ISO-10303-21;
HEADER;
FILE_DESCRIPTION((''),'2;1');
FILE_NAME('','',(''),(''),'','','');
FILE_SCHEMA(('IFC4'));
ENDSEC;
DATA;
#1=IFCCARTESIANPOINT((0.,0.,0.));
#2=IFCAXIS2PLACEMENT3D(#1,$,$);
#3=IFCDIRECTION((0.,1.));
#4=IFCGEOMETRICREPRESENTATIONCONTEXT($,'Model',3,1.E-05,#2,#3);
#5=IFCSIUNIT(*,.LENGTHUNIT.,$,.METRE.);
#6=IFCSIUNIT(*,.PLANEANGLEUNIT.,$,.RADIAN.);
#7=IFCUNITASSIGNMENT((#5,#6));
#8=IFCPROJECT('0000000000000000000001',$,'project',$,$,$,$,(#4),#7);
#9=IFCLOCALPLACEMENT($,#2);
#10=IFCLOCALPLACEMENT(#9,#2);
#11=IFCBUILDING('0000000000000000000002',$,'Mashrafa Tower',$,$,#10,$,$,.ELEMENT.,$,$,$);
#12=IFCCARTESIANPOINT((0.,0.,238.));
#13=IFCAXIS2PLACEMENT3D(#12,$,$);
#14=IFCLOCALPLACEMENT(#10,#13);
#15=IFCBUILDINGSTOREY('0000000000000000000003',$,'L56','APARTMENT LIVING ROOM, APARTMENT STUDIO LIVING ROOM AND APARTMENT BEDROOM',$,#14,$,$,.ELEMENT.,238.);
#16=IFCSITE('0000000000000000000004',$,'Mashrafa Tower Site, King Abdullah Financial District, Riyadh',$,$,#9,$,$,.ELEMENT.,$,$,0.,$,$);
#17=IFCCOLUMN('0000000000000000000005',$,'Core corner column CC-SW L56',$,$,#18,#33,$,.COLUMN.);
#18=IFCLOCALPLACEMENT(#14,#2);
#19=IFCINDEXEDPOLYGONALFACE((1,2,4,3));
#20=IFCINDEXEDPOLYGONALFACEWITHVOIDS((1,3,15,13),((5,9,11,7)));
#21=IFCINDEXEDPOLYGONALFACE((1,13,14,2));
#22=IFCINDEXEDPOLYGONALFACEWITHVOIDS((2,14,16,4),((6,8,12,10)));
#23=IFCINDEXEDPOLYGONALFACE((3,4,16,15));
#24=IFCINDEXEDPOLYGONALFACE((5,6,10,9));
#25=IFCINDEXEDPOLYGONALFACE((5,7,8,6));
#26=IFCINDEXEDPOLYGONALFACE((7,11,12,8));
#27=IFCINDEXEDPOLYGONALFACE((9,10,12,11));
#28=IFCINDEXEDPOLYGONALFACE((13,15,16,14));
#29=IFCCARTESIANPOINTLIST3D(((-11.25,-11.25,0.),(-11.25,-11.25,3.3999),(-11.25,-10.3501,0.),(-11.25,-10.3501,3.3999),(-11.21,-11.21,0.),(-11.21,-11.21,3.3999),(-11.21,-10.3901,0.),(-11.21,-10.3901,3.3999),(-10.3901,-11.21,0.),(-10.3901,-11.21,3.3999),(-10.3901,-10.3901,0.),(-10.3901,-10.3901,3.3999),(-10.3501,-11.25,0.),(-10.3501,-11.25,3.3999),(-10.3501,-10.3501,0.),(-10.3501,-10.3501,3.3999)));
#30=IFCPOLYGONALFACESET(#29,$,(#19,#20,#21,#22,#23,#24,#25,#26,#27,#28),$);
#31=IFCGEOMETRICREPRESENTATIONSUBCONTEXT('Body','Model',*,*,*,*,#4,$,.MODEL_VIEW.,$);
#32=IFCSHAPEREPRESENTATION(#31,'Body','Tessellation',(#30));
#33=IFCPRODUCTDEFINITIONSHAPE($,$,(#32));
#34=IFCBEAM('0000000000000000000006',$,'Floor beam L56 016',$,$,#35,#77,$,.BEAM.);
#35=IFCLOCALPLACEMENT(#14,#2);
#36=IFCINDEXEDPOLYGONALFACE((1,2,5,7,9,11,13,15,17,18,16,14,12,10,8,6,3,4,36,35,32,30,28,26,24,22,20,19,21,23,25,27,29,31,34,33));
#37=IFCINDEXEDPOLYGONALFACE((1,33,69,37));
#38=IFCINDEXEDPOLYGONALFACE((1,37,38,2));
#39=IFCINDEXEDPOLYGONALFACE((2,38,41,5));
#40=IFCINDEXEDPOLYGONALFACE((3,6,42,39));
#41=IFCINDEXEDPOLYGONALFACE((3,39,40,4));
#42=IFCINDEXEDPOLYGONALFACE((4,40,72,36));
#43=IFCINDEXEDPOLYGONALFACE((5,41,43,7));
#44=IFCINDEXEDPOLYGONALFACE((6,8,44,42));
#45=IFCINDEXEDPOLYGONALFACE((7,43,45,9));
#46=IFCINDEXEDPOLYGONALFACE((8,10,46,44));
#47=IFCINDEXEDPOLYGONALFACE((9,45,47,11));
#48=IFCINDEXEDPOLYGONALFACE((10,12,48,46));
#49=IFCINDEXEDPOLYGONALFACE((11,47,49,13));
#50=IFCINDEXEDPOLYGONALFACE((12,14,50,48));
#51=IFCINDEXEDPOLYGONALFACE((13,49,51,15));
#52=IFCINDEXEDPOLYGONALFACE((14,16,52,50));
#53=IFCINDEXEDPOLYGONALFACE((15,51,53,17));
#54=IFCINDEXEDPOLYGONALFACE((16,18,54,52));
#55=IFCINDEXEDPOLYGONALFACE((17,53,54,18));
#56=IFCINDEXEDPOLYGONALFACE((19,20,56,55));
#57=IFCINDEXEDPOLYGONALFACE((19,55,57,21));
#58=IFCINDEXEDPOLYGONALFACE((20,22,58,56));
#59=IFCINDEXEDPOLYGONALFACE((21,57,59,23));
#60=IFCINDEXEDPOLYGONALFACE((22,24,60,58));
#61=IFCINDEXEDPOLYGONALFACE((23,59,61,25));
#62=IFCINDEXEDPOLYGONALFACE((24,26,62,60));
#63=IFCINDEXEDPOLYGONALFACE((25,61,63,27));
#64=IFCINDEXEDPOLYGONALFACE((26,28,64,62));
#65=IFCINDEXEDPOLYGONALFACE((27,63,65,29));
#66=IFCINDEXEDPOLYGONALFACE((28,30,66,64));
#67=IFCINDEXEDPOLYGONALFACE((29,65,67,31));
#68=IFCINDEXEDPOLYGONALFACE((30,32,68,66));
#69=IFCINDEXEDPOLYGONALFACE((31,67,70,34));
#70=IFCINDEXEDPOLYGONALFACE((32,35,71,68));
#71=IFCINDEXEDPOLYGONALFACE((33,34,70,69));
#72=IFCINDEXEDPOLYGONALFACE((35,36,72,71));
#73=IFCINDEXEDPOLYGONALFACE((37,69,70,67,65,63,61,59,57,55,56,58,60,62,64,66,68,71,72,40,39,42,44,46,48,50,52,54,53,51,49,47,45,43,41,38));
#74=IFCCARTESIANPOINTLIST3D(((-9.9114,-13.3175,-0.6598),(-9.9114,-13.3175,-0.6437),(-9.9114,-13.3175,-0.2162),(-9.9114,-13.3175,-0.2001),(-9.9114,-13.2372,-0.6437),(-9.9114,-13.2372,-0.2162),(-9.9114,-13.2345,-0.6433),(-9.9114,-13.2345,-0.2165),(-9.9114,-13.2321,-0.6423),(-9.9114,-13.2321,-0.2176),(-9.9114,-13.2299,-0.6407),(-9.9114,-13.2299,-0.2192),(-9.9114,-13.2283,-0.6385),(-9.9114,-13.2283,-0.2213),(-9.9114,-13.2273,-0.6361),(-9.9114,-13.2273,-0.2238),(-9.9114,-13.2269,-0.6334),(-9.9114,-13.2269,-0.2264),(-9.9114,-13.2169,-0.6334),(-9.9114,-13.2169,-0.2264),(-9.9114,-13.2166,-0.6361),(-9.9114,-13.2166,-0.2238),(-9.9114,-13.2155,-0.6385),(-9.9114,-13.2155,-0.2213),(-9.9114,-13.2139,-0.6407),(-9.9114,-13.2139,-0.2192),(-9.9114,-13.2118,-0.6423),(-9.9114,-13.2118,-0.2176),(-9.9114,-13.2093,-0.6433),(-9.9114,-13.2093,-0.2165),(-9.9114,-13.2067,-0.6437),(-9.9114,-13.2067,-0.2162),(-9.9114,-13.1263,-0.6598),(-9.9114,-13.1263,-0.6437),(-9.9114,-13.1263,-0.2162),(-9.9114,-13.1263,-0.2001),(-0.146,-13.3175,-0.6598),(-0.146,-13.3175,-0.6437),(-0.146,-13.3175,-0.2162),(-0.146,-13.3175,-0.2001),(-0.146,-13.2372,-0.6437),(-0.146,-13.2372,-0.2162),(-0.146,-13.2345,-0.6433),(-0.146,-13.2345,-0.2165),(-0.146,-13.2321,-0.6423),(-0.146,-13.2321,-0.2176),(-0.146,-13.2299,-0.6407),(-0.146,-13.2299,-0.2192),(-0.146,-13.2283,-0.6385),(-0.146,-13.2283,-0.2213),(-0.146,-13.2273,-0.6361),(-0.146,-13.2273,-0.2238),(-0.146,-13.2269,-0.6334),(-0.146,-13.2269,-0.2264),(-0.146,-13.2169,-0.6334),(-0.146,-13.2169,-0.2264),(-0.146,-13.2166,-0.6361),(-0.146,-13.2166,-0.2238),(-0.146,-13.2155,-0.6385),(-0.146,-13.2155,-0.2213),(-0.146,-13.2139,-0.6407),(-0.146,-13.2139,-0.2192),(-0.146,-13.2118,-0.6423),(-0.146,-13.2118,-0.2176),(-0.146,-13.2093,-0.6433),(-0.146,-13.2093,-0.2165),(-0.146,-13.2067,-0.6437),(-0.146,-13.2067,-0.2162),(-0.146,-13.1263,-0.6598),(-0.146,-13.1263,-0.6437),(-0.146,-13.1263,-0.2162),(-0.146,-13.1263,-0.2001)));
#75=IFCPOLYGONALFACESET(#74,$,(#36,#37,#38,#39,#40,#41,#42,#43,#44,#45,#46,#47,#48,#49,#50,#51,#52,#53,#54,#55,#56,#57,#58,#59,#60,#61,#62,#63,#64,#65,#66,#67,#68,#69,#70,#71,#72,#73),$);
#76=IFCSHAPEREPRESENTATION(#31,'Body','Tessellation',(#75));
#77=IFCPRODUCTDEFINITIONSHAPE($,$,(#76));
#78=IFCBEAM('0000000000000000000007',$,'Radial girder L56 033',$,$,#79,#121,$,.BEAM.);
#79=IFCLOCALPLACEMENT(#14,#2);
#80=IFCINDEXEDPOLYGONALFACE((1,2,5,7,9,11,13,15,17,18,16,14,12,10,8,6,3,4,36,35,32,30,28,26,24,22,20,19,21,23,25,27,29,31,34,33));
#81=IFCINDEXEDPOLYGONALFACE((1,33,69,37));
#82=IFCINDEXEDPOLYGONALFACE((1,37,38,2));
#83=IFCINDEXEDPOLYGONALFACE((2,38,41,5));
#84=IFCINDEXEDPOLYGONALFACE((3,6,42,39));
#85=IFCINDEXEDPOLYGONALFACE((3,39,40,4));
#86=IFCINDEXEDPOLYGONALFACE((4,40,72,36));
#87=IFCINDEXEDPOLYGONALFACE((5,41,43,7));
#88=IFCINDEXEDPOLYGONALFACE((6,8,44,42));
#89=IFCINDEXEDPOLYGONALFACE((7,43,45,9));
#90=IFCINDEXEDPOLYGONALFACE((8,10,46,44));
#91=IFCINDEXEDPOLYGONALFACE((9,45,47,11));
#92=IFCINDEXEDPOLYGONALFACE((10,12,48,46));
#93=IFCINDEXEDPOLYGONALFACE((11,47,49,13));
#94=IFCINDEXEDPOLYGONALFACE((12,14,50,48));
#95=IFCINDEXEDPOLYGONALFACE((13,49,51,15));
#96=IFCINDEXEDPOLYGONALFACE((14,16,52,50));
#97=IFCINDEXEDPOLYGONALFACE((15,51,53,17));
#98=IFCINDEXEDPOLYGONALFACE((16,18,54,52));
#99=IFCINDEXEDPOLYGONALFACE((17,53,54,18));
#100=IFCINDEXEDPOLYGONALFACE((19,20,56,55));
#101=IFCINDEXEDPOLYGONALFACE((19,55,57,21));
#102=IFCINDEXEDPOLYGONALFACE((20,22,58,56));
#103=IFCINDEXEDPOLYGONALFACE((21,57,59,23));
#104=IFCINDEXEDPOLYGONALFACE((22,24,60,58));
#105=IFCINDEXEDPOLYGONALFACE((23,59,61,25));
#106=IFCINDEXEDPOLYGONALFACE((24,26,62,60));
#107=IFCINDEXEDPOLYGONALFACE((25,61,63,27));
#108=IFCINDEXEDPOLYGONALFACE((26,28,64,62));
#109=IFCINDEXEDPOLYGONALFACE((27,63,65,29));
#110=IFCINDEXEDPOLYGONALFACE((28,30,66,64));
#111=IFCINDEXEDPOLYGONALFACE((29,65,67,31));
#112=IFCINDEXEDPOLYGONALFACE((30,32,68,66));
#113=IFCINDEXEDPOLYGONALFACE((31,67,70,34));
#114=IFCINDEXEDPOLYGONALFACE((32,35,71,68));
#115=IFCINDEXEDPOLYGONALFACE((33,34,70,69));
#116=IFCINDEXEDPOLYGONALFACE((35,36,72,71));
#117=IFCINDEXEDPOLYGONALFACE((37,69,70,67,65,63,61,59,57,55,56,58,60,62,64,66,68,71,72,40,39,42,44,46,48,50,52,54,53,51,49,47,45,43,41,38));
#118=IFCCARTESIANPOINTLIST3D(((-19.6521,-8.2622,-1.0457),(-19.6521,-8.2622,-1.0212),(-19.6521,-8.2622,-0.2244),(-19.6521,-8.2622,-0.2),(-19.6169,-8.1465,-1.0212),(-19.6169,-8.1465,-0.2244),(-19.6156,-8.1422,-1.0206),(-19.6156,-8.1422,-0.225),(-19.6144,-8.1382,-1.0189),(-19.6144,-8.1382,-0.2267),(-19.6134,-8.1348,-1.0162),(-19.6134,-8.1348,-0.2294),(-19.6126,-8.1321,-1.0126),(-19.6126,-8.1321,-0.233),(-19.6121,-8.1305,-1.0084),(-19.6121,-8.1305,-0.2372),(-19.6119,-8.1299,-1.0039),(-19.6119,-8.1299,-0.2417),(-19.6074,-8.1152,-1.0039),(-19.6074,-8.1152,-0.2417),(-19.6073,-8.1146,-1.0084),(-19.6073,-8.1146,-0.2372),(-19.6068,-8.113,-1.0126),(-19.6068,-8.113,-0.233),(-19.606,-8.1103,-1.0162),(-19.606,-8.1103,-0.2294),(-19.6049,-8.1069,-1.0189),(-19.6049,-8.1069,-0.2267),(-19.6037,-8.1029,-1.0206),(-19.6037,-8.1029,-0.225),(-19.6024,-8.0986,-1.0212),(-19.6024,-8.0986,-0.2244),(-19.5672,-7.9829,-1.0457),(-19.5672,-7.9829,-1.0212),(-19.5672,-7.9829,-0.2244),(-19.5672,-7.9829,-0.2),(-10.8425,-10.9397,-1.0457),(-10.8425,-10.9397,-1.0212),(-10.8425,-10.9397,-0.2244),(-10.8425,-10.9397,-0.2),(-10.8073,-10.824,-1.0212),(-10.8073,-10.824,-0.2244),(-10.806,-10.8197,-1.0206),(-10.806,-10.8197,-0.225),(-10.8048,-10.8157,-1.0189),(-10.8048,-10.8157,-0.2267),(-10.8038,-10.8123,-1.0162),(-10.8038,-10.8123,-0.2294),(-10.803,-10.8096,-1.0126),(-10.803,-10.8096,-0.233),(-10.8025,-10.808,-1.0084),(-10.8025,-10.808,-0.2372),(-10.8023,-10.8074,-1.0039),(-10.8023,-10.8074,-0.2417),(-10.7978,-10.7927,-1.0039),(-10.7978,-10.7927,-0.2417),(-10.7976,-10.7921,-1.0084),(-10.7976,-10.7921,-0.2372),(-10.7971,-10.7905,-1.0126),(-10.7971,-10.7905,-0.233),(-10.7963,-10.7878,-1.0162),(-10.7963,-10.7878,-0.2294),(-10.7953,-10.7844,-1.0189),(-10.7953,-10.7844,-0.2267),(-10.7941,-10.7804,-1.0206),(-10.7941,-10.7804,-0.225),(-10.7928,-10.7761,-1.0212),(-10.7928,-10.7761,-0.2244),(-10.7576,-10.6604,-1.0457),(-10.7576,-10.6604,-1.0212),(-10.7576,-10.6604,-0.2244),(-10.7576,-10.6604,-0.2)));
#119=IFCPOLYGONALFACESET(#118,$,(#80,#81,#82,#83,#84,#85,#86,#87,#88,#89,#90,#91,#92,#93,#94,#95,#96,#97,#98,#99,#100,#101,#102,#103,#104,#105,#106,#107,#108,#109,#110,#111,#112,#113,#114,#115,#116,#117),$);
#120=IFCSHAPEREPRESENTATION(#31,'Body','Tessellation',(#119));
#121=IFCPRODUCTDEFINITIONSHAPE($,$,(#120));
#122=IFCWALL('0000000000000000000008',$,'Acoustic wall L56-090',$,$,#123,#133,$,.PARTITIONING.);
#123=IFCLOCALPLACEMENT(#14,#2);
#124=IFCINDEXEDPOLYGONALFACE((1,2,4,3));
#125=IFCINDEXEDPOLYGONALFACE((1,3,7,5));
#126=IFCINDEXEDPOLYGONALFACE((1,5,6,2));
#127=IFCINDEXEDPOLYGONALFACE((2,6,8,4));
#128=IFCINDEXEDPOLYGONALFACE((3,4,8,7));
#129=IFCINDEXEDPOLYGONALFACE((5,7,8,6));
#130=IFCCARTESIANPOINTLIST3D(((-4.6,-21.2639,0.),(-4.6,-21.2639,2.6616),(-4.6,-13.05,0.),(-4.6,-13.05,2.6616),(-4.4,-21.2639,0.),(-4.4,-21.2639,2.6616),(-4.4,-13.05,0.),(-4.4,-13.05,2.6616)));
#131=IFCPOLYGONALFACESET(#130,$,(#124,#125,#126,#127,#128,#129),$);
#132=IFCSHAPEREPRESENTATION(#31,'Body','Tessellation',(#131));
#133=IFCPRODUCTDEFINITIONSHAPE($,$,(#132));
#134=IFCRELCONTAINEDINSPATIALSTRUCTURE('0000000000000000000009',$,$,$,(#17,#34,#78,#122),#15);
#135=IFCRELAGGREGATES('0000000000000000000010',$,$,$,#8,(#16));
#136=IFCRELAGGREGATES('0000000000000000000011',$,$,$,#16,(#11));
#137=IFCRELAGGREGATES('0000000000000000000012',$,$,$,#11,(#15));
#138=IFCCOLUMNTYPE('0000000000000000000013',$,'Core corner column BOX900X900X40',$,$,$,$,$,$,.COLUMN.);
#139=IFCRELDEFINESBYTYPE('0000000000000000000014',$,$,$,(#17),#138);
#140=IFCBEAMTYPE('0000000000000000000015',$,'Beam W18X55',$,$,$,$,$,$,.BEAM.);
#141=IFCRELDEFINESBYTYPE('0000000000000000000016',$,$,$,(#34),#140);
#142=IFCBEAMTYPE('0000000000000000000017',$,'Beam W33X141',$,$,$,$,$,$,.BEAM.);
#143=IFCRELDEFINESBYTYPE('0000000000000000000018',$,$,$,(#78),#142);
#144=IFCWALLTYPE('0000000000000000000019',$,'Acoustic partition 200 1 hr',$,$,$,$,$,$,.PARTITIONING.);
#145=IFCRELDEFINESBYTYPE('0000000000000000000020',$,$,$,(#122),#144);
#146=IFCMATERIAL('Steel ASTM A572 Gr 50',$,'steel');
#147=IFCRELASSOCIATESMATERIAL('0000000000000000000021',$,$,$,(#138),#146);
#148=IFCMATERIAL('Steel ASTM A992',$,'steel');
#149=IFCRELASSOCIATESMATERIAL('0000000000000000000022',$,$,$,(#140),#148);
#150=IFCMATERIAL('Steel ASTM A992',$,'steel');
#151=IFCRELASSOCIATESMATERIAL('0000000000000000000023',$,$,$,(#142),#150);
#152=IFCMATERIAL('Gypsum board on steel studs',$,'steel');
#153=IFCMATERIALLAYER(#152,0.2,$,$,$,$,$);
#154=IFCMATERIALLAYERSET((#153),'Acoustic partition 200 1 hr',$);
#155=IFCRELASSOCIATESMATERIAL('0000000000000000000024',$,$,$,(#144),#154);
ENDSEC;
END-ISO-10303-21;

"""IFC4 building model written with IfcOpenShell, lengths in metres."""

from ifc_helpers import new_model, si_unit, direction, frame, frame_2d, origin, origin_2d, place, context, subcontext, project, spatial, rectangle, hollow_rectangle, i_section, extrude, material, layer, layer_set, material_profile, profile_set, type_object, element, save


model = new_model("IFC4")

# Units and contexts
model_context = context("Model", 3, precision=1e-05, world=origin(), true_north=direction((0.0, 1.0)))
body_context = subcontext(model_context, "Body", "Model", "MODEL_VIEW")
ifc_project = project(units=[si_unit("LENGTHUNIT", "METRE"), si_unit("PLANEANGLEUNIT", "RADIAN")], contexts=[model_context])

# Site, building, storey
site_placement = place(None, origin())
site = spatial("IfcSite", under=ifc_project, at=site_placement, Name="Mashrafa Tower Site, King Abdullah Financial District, Riyadh", CompositionType="ELEMENT", RefElevation=0.0)
building_placement = place(site_placement, origin())
building = spatial("IfcBuilding", under=site, at=building_placement, Name="Mashrafa Tower", CompositionType="ELEMENT")
storey_placement = place(building_placement, frame((0.0, 0.0, 238.0)))
storey = spatial("IfcBuildingStorey", under=building, at=storey_placement, Name="L56", Description="APARTMENT LIVING ROOM, APARTMENT STUDIO LIVING ROOM AND APARTMENT BEDROOM", CompositionType="ELEMENT", Elevation=238.0)

# Column
ifc_material_1 = material(Name="Steel ASTM A572 Gr 50", Category="steel")
ifc_material_profile_1 = material_profile(ifc_material_1, hollow_rectangle(XDim=0.8999, YDim=0.8999, WallThickness=0.04, at=origin_2d()), Name="BOX900X900X40")
ifc_profile_set_1 = profile_set([ifc_material_profile_1], Name="Steel ASTM A572 Gr 50")
column_type = type_object("IfcColumnType", Name="Core corner column BOX900X900X40", PredefinedType="COLUMN", material=ifc_profile_set_1)
column_placement = place(storey_placement, frame((-10.8, -10.8, 0.0), z_axis=(0.0, 0.0, 1.0), x_axis=(1.0, 0.0, 0.0)))
element("IfcColumn", 1, at=column_placement, inside=storey, type_object=column_type, Name="Core corner column CC-SW L56", PredefinedType="COLUMN", context=body_context, shape_type="SweptSolid", body=[
    extrude(hollow_rectangle(XDim=0.8999, YDim=0.8999, WallThickness=0.04, at=origin_2d()), origin(), (0.0, 0.0, 1.0), 3.3999),
])

# Beams
ifc_material_2 = material(Name="Steel ASTM A992", Category="steel")
ifc_material_profile_2 = material_profile(ifc_material_2, i_section(OverallWidth=0.1912, OverallDepth=0.4597, WebThickness=0.01, FlangeThickness=0.0161, FilletRadius=0.0103, at=origin_2d()), Name="W18X55")
ifc_profile_set_2 = profile_set([ifc_material_profile_2], Name="Steel ASTM A992")
beam_type_1 = type_object("IfcBeamType", Name="Beam W18X55", PredefinedType="BEAM", material=ifc_profile_set_2)
beam_1_placement = place(storey_placement, frame((-0.146, -13.2219, -0.4299), z_axis=(-1.0, 0.0, 0.0), x_axis=(0.0, -1.0, 0.0)))
element("IfcBeam", 2, at=beam_1_placement, inside=storey, type_object=beam_type_1, Name="Floor beam L56 016", PredefinedType="BEAM", context=body_context, shape_type="SweptSolid", body=[
    extrude(i_section(OverallWidth=0.1912, OverallDepth=0.4597, WebThickness=0.01, FlangeThickness=0.0161, FilletRadius=0.0103, at=origin_2d()), origin(), (0.0, 0.0, 1.0), 9.7654),
])
ifc_material_3 = material(Name="Steel ASTM A992", Category="steel")
ifc_material_profile_3 = material_profile(ifc_material_3, i_section(OverallWidth=0.292, OverallDepth=0.8457, WebThickness=0.0154, FlangeThickness=0.0244, FilletRadius=0.0173, at=origin_2d()), Name="W33X141")
ifc_profile_set_3 = profile_set([ifc_material_profile_3], Name="Steel ASTM A992")
beam_type_2 = type_object("IfcBeamType", Name="Beam W33X141", PredefinedType="BEAM", material=ifc_profile_set_3)
beam_2_placement = place(storey_placement, frame((-10.8, -10.8, -0.6228), z_axis=(-0.956785, 0.290795, 0.0), x_axis=(-0.290795, -0.956785, 0.0)))
element("IfcBeam", 3, at=beam_2_placement, inside=storey, type_object=beam_type_2, Name="Radial girder L56 033", PredefinedType="BEAM", context=body_context, shape_type="SweptSolid", body=[
    extrude(i_section(OverallWidth=0.292, OverallDepth=0.8457, WebThickness=0.0154, FlangeThickness=0.0244, FilletRadius=0.0173, at=origin_2d()), origin(), (0.0, 0.0, 1.0), 9.2075),
])

# Wall
ifc_material_4 = material(Name="Gypsum board on steel studs", Category="steel")
ifc_layer_1 = layer(ifc_material_4, 0.2)
ifc_layer_set_1 = layer_set([ifc_layer_1], Name="Acoustic partition 200 1 hr")
wall_type_1 = type_object("IfcWallType", Name="Acoustic partition 200 1 hr", PredefinedType="PARTITIONING", material=ifc_layer_set_1)
wall_1_placement = place(storey_placement, frame((-4.5, -13.05, 0.0), z_axis=(0.0, 0.0, 1.0), x_axis=(0.0, -1.0, 0.0)))
element("IfcWall", 4, at=wall_1_placement, inside=storey, type_object=wall_type_1, Name="Acoustic wall L56-090", PredefinedType="PARTITIONING", context=body_context, shape_type="SweptSolid", body=[
    extrude(rectangle(XDim=8.2139, YDim=0.2, at=frame_2d((4.1069, 0.0))), origin(), (0.0, 0.0, 1.0), 2.6616),
])

save(model, "model.ifc")
